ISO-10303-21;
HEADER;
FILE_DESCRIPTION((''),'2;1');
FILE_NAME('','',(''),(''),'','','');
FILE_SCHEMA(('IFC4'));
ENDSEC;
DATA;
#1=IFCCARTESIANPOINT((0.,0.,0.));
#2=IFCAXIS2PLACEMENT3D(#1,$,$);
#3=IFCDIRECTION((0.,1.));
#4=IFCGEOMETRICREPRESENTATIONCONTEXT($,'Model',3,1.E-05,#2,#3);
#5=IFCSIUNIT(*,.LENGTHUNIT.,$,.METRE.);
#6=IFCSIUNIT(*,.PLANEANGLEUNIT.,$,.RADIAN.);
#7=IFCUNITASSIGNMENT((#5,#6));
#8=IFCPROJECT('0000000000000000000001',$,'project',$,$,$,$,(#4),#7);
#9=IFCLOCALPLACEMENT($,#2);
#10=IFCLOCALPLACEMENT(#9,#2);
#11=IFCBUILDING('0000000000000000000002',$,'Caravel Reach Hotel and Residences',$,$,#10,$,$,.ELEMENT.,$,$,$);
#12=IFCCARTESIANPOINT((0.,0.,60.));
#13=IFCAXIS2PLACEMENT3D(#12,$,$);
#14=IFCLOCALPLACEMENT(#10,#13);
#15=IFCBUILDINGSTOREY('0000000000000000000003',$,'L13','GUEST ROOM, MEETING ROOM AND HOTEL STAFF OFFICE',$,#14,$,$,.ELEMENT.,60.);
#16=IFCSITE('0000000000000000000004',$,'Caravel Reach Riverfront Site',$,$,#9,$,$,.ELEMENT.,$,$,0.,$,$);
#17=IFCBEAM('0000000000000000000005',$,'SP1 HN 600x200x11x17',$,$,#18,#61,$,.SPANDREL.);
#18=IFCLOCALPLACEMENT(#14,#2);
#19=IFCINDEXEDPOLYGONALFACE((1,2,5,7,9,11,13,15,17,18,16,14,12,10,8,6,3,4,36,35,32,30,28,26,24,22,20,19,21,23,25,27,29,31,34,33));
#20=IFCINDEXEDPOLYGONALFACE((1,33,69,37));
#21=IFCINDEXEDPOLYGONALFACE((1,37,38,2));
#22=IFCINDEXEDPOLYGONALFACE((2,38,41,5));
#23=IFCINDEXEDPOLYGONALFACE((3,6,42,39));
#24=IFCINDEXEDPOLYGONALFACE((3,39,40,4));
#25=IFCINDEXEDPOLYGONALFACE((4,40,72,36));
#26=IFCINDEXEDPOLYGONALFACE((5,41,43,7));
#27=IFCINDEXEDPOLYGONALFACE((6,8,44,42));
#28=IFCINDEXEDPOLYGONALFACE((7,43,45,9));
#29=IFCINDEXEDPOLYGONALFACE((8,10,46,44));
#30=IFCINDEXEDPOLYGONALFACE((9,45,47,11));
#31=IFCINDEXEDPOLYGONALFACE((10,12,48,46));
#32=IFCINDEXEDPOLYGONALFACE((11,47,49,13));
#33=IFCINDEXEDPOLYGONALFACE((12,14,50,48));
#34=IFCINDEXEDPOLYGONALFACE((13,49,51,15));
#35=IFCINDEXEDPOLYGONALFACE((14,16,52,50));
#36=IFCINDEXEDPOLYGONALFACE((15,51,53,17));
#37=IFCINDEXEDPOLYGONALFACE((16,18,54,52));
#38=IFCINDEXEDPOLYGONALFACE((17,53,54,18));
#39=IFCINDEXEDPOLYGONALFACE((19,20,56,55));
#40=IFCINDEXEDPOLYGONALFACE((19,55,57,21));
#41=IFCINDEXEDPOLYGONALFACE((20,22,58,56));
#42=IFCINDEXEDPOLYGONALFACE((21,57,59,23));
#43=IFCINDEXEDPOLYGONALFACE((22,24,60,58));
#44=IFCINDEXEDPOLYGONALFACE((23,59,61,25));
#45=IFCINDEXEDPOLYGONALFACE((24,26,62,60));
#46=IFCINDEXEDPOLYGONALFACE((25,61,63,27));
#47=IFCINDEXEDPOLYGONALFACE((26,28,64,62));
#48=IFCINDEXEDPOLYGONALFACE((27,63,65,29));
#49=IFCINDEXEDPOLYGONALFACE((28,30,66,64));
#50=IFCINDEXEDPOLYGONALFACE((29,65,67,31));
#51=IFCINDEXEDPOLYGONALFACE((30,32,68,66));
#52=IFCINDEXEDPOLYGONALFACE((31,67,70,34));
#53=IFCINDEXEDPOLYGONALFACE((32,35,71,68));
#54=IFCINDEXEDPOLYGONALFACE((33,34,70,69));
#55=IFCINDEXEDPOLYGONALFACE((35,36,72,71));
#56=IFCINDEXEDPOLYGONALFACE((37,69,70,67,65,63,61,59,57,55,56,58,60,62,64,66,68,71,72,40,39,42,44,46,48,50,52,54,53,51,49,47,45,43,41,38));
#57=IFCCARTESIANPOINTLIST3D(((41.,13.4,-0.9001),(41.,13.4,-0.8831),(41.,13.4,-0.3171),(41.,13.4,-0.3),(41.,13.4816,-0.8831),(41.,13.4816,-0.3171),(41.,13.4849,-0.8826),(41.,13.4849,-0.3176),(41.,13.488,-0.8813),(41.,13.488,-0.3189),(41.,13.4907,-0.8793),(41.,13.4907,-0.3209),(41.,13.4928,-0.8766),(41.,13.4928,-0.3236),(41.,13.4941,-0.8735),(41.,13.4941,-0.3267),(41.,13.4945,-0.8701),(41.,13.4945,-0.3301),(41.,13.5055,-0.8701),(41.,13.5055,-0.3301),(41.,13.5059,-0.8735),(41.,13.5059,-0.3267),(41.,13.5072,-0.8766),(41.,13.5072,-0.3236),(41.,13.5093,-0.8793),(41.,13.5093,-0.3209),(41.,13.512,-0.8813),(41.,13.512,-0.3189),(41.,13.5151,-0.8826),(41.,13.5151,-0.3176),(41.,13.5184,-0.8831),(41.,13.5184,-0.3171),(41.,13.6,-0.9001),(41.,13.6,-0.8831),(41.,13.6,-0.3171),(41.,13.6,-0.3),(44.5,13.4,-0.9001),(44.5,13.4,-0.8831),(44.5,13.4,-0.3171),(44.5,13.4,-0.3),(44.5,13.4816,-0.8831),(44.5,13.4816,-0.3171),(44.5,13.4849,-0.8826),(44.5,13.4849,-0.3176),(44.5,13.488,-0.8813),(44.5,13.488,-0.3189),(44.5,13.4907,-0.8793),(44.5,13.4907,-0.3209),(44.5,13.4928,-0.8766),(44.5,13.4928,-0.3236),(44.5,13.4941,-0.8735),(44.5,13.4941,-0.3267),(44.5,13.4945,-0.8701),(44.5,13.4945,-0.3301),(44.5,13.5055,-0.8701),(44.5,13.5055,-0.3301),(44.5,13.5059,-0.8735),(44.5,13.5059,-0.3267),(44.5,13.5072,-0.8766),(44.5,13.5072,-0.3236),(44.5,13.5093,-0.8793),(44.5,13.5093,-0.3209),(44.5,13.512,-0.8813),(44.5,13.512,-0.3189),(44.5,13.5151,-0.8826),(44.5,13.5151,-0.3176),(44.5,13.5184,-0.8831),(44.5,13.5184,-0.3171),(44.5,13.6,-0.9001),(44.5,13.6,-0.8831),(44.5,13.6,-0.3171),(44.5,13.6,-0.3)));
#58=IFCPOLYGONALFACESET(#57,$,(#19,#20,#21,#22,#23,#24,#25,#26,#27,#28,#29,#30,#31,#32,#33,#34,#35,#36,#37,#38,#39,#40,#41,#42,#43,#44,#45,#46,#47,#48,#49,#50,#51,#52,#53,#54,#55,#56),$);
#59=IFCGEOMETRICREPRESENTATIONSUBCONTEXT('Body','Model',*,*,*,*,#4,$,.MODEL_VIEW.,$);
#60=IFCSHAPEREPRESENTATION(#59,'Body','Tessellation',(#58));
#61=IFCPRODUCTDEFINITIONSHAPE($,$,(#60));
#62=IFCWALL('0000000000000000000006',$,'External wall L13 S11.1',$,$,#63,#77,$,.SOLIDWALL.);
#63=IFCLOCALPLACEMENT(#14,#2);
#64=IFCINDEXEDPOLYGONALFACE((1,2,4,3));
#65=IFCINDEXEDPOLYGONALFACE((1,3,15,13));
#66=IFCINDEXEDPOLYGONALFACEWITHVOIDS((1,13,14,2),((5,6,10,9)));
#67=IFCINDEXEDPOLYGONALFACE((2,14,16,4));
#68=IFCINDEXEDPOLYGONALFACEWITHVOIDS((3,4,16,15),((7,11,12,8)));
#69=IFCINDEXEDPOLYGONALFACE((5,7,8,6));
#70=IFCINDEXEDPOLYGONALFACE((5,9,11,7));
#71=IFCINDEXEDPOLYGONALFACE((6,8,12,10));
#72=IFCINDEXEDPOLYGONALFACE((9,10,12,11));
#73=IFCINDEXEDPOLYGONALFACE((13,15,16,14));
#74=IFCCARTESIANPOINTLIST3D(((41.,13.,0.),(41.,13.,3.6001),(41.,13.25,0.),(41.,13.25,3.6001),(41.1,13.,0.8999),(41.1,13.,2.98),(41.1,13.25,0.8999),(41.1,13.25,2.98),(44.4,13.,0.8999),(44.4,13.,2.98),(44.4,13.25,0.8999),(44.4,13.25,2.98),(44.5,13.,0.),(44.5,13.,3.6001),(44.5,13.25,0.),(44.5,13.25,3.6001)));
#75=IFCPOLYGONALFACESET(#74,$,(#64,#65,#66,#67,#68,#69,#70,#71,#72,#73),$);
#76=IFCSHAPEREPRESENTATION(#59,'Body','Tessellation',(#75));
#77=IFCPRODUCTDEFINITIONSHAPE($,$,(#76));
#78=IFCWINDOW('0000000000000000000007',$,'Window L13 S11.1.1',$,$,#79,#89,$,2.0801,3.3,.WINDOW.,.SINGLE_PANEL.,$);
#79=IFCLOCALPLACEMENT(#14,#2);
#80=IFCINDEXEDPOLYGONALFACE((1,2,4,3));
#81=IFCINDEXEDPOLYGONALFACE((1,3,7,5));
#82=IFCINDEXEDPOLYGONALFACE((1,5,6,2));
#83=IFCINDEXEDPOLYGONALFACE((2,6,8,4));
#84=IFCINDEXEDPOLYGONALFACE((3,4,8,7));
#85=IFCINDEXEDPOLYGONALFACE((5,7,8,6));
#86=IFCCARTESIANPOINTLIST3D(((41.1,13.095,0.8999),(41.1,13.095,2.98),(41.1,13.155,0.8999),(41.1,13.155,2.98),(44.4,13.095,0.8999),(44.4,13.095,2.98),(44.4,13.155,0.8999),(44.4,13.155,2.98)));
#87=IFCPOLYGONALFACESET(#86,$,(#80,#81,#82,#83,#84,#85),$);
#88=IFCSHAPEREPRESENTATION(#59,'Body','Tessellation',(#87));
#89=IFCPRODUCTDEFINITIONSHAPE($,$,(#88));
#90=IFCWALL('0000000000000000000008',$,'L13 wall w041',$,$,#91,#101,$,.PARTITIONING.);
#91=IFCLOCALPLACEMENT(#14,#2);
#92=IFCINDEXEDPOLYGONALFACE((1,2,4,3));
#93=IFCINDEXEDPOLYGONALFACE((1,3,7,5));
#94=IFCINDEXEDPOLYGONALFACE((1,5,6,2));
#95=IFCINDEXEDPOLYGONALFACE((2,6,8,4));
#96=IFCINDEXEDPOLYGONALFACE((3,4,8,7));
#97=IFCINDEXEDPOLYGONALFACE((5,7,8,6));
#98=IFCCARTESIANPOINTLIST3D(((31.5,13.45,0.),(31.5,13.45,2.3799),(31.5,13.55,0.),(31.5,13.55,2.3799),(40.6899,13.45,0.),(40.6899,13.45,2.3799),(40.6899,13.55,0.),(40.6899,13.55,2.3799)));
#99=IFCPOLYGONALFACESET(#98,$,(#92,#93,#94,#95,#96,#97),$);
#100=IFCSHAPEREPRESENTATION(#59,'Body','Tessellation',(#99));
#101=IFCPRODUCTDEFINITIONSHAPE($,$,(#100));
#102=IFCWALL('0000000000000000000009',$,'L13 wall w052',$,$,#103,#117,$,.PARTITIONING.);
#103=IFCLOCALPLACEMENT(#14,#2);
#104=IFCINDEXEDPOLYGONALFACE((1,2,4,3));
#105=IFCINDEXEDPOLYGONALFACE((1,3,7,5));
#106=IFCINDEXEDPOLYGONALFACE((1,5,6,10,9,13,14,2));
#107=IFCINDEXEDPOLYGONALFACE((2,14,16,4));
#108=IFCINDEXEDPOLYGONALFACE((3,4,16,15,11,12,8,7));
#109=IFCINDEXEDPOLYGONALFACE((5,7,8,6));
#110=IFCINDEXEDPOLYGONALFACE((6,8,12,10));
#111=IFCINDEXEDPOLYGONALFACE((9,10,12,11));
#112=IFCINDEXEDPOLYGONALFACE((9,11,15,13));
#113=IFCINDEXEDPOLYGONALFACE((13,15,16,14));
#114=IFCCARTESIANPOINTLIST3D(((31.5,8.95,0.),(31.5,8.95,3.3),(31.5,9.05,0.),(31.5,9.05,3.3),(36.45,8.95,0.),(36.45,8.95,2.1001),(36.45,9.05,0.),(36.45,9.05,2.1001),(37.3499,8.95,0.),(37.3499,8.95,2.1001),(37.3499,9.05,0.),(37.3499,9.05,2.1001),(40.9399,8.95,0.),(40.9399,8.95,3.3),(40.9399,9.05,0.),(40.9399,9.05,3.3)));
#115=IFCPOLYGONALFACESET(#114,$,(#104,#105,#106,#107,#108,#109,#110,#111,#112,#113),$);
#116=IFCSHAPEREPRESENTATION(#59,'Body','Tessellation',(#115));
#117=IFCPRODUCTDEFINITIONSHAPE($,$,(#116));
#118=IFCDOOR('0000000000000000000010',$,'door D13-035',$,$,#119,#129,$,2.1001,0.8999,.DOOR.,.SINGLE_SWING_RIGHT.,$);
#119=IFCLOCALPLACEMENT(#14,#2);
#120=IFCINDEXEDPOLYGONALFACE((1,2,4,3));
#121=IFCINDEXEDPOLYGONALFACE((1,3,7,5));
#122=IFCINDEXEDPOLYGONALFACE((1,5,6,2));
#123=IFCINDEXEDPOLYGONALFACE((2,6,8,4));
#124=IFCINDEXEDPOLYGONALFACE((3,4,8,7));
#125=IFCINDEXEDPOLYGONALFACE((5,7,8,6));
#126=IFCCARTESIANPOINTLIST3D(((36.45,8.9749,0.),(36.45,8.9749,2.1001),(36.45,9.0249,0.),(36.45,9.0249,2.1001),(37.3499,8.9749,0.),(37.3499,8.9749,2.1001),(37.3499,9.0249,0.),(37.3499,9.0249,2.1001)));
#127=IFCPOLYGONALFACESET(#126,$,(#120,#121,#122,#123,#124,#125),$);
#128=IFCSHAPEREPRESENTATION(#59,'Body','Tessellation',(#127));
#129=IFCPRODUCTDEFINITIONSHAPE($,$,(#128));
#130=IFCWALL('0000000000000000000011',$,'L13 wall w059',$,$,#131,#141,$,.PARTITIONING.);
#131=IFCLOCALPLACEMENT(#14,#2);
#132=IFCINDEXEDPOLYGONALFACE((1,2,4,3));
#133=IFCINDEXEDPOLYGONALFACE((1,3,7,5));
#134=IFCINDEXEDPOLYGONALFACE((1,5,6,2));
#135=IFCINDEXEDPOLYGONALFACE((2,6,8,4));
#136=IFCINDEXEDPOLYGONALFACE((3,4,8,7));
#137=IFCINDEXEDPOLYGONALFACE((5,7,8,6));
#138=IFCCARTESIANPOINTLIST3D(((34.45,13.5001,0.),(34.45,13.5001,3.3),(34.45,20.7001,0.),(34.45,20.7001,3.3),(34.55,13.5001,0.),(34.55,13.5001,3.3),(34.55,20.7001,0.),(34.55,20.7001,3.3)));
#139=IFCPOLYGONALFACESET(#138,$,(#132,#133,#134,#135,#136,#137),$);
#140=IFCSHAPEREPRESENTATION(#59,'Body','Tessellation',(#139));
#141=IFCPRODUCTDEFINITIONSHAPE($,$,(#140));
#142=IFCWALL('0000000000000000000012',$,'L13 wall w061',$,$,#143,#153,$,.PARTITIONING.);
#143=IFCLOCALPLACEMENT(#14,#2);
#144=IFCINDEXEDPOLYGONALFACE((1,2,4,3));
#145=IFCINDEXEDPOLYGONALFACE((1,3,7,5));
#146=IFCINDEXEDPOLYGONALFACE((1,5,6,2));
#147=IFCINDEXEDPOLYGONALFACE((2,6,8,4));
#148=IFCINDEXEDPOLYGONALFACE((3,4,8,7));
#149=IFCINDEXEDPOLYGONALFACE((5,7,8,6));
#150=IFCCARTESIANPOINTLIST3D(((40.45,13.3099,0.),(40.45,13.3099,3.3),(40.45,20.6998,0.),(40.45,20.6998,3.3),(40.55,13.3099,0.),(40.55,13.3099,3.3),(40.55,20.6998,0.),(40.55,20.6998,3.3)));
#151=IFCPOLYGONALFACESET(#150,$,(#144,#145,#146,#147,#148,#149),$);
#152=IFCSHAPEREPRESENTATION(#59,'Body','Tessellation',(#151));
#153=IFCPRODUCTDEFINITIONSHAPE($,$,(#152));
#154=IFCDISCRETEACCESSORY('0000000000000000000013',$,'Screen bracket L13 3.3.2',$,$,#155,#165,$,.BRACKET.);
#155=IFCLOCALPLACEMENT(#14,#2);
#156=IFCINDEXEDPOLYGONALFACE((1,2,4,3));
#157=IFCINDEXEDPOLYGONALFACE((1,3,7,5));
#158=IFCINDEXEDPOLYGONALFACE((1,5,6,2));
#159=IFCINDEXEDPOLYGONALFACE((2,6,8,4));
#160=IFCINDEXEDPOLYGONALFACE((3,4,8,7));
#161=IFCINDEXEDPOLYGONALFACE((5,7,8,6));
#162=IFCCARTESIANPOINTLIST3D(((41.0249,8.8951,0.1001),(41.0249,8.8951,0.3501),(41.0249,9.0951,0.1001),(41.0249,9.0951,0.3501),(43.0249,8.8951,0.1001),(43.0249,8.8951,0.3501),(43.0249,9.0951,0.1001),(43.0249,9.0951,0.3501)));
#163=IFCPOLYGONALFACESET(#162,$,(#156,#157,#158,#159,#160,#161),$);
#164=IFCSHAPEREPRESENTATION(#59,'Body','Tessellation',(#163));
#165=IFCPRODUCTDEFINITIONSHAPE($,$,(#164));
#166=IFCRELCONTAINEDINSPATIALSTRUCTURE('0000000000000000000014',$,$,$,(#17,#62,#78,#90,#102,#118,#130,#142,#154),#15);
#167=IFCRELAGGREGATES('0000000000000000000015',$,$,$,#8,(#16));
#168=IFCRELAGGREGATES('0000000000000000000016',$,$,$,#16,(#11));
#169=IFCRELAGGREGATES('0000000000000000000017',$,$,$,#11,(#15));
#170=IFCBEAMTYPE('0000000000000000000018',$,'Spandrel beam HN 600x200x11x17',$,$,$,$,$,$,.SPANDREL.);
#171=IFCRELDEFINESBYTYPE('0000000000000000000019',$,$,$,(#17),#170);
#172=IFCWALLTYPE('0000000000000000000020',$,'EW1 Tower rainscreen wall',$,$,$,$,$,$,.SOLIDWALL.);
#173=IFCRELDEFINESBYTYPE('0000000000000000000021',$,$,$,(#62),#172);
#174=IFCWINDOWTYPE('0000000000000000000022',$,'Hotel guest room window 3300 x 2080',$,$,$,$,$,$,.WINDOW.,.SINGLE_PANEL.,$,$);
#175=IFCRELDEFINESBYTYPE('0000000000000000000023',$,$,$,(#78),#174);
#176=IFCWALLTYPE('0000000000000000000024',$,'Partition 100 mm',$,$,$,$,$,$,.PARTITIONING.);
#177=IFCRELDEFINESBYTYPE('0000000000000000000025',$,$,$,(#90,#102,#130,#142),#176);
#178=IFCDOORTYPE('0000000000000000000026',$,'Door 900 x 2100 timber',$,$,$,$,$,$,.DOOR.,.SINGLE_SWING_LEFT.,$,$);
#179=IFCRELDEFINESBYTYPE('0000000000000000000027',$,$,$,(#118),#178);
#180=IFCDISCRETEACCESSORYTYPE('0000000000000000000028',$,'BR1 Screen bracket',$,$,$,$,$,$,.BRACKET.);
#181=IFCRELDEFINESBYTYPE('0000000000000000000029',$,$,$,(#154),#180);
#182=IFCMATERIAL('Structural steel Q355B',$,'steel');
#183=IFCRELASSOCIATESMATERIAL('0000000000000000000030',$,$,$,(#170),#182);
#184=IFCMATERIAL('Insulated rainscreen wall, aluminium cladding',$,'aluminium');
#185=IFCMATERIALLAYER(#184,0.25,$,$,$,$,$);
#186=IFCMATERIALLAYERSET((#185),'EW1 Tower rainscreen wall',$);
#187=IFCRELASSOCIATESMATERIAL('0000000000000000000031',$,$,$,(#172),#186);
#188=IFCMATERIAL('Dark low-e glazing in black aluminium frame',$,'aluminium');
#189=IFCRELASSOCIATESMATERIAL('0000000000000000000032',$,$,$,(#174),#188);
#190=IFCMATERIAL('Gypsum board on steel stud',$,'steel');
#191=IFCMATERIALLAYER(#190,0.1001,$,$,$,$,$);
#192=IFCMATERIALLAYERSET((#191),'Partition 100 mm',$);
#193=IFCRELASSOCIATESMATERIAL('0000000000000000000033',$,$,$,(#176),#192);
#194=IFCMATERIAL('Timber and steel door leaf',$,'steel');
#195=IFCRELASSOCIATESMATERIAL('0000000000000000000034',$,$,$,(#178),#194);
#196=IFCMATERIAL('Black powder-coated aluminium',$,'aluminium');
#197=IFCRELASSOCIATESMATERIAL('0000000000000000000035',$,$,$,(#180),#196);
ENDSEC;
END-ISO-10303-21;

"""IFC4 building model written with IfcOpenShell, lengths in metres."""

from ifc_helpers import new_model, si_unit, direction, frame, frame_2d, origin, origin_2d, place, context, subcontext, project, spatial, rectangle, i_section, extrude, material, layer, layer_set, material_profile, profile_set, type_object, element, fill, save


model = new_model("IFC4")

# Units and contexts
model_context = context("Model", 3, precision=1e-05, world=origin(), true_north=direction((0.0, 1.0)))
body_context = subcontext(model_context, "Body", "Model", "MODEL_VIEW")
ifc_project = project(units=[si_unit("LENGTHUNIT", "METRE"), si_unit("PLANEANGLEUNIT", "RADIAN")], contexts=[model_context])

# Site, building, storey
site_placement = place(None, origin())
site = spatial("IfcSite", under=ifc_project, at=site_placement, Name="Caravel Reach Riverfront Site", CompositionType="ELEMENT", RefElevation=0.0)
building_placement = place(site_placement, origin())
building = spatial("IfcBuilding", under=site, at=building_placement, Name="Caravel Reach Hotel and Residences", CompositionType="ELEMENT")
storey_placement = place(building_placement, frame((0.0, 0.0, 60.0)))
storey = spatial("IfcBuildingStorey", under=building, at=storey_placement, Name="L13", Description="GUEST ROOM, MEETING ROOM AND HOTEL STAFF OFFICE", CompositionType="ELEMENT", Elevation=60.0)

# Beam
ifc_material_1 = material(Name="Structural steel Q355B", Category="steel")
ifc_material_profile_1 = material_profile(ifc_material_1, i_section(OverallWidth=0.2, OverallDepth=0.6001, WebThickness=0.011, FlangeThickness=0.0171, FilletRadius=0.0129, at=origin_2d()), Name="HN 600x200x11x17")
ifc_profile_set_1 = profile_set([ifc_material_profile_1], Name="Structural steel Q355B")
beam_type_1 = type_object("IfcBeamType", Name="Spandrel beam HN 600x200x11x17", PredefinedType="SPANDREL", material=ifc_profile_set_1)
beam_1_placement = place(storey_placement, frame((41.0, 13.5, -0.6001), z_axis=(1.0, 0.0, 0.0), x_axis=(0.0, 1.0, 0.0)))
element("IfcBeam", 1, at=beam_1_placement, inside=storey, type_object=beam_type_1, Name="SP1 HN 600x200x11x17", PredefinedType="SPANDREL", context=body_context, shape_type="SweptSolid", body=[
    extrude(i_section(OverallWidth=0.2, OverallDepth=0.6001, WebThickness=0.011, FlangeThickness=0.0171, FilletRadius=0.0129, at=origin_2d()), origin(), (0.0, 0.0, 1.0), 3.5),
])

# Wall, opening, window
ifc_material_2 = material(Name="Insulated rainscreen wall, aluminium cladding", Category="aluminium")
ifc_layer_1 = layer(ifc_material_2, 0.25)
ifc_layer_set_1 = layer_set([ifc_layer_1], Name="EW1 Tower rainscreen wall")
wall_type_1 = type_object("IfcWallType", Name="EW1 Tower rainscreen wall", PredefinedType="SOLIDWALL", material=ifc_layer_set_1)
wall_1_placement = place(storey_placement, frame((41.0, 13.125, 0.0), z_axis=(0.0, 0.0, 1.0), x_axis=(1.0, 0.0, 0.0)))
wall_1 = element("IfcWall", 2, at=wall_1_placement, inside=storey, type_object=wall_type_1, Name="External wall L13 S11.1", PredefinedType="SOLIDWALL", context=body_context, shape_type="SweptSolid", body=[
    extrude(rectangle(XDim=3.5, YDim=0.25, at=frame_2d((1.75, 0.0))), origin(), (0.0, 0.0, 1.0), 3.6001),
])
opening_1_placement = place(wall_1_placement, frame((0.1001, 0.0, 0.8999)))
opening_1 = element("IfcOpeningElement", 3, at=opening_1_placement, cuts=wall_1, PredefinedType="OPENING", context=body_context, shape_type="SweptSolid", body=[
    extrude(rectangle(XDim=3.3, YDim=2.0801, at=frame_2d((1.6499, 1.04))), frame((0.0, 0.135, 0.0), z_axis=(0.0, -1.0, 0.0), x_axis=(1.0, 0.0, 0.0)), (0.0, 0.0, 1.0), 0.27),
])
ifc_material_3 = material(Name="Dark low-e glazing in black aluminium frame", Category="aluminium")
window_type = type_object("IfcWindowType", Name="Hotel guest room window 3300 x 2080", PartitioningType="SINGLE_PANEL", PredefinedType="WINDOW", material=ifc_material_3)
window_placement = place(opening_1_placement, origin())
window = element("IfcWindow", 4, at=window_placement, inside=storey, type_object=window_type, Name="Window L13 S11.1.1", OverallHeight=2.0801, OverallWidth=3.3, PartitioningType="SINGLE_PANEL", PredefinedType="WINDOW", context=body_context, shape_type="SweptSolid", body=[
    extrude(rectangle(XDim=3.3, YDim=2.0801, at=frame_2d((1.6499, 1.04))), frame((0.0, 0.03, 0.0), z_axis=(0.0, -1.0, 0.0), x_axis=(1.0, 0.0, 0.0)), (0.0, 0.0, 1.0), 0.0601),
])
fill(opening_1, window)

# Wall
ifc_material_4 = material(Name="Gypsum board on steel stud", Category="steel")
ifc_layer_2 = layer(ifc_material_4, 0.1001)
ifc_layer_set_2 = layer_set([ifc_layer_2], Name="Partition 100 mm")
wall_type_2 = type_object("IfcWallType", Name="Partition 100 mm", PredefinedType="PARTITIONING", material=ifc_layer_set_2)
wall_2_placement = place(storey_placement, frame((31.5, 13.5, 0.0), z_axis=(0.0, 0.0, 1.0), x_axis=(1.0, 0.0, 0.0)))
element("IfcWall", 5, at=wall_2_placement, inside=storey, type_object=wall_type_2, Name="L13 wall w041", PredefinedType="PARTITIONING", context=body_context, shape_type="SweptSolid", body=[
    extrude(rectangle(XDim=9.1899, YDim=0.1001, at=frame_2d((4.595, 0.0))), origin(), (0.0, 0.0, 1.0), 2.3799),
])

# Wall, opening, door
wall_3_placement = place(storey_placement, frame((31.5, 9.0, 0.0), z_axis=(0.0, 0.0, 1.0), x_axis=(1.0, 0.0, 0.0)))
wall_3 = element("IfcWall", 6, at=wall_3_placement, inside=storey, type_object=wall_type_2, Name="L13 wall w052", PredefinedType="PARTITIONING", context=body_context, shape_type="SweptSolid", body=[
    extrude(rectangle(XDim=9.4399, YDim=0.1001, at=frame_2d((4.72, 0.0))), origin(), (0.0, 0.0, 1.0), 3.3),
])
opening_2_placement = place(wall_3_placement, frame((4.95, 0.0, 0.0)))
opening_2 = element("IfcOpeningElement", 7, at=opening_2_placement, cuts=wall_3, PredefinedType="OPENING", context=body_context, shape_type="SweptSolid", body=[
    extrude(rectangle(XDim=0.8999, YDim=2.1001, at=frame_2d((0.45, 1.05))), frame((0.0, 0.0601, 0.0), z_axis=(0.0, -1.0, 0.0), x_axis=(1.0, 0.0, 0.0)), (0.0, 0.0, 1.0), 0.1201),
])
ifc_material_5 = material(Name="Timber and steel door leaf", Category="steel")
door_type = type_object("IfcDoorType", Name="Door 900 x 2100 timber", OperationType="SINGLE_SWING_LEFT", PredefinedType="DOOR", material=ifc_material_5)
door_placement = place(opening_2_placement, origin())
door = element("IfcDoor", 8, at=door_placement, inside=storey, type_object=door_type, Name="door D13-035", OperationType="SINGLE_SWING_RIGHT", OverallHeight=2.1001, OverallWidth=0.8999, PredefinedType="DOOR", context=body_context, shape_type="SweptSolid", body=[
    extrude(rectangle(XDim=0.8999, YDim=2.1001, at=frame_2d((0.45, 1.05))), frame((0.0, 0.0249, 0.0), z_axis=(0.0, -1.0, 0.0), x_axis=(1.0, 0.0, 0.0)), (0.0, 0.0, 1.0), 0.05),
])
fill(opening_2, door)

# Walls
wall_4_placement = place(storey_placement, frame((34.5, 13.5, 0.0), z_axis=(0.0, 0.0, 1.0), x_axis=(0.0, 1.0, 0.0)))
element("IfcWall", 9, at=wall_4_placement, inside=storey, type_object=wall_type_2, Name="L13 wall w059", PredefinedType="PARTITIONING", context=body_context, shape_type="SweptSolid", body=[
    extrude(rectangle(XDim=7.2, YDim=0.1001, at=frame_2d((3.6001, 0.0))), origin(), (0.0, 0.0, 1.0), 3.3),
])
wall_5_placement = place(storey_placement, frame((40.5, 13.3101, 0.0), z_axis=(0.0, 0.0, 1.0), x_axis=(0.0, 1.0, 0.0)))
element("IfcWall", 10, at=wall_5_placement, inside=storey, type_object=wall_type_2, Name="L13 wall w061", PredefinedType="PARTITIONING", context=body_context, shape_type="SweptSolid", body=[
    extrude(rectangle(XDim=7.3899, YDim=0.1001, at=frame_2d((3.6948, 0.0))), origin(), (0.0, 0.0, 1.0), 3.3),
])

# Discrete accessory
ifc_material_6 = material(Name="Black powder-coated aluminium", Category="aluminium")
discrete_accessory_type = type_object("IfcDiscreteAccessoryType", Name="BR1 Screen bracket", PredefinedType="BRACKET", material=ifc_material_6)
discrete_accessory_placement = place(storey_placement, frame((42.0249, 8.9951, 0.1001), z_axis=(0.0, 0.0, 1.0), x_axis=(1.0, 0.0, 0.0)))
element("IfcDiscreteAccessory", 11, at=discrete_accessory_placement, inside=storey, type_object=discrete_accessory_type, Name="Screen bracket L13 3.3.2", PredefinedType="BRACKET", context=body_context, shape_type="SweptSolid", body=[
    extrude(rectangle(XDim=2.0, YDim=0.2, at=origin_2d()), origin(), (0.0, 0.0, 1.0), 0.25),
])

save(model, "model.ifc")
